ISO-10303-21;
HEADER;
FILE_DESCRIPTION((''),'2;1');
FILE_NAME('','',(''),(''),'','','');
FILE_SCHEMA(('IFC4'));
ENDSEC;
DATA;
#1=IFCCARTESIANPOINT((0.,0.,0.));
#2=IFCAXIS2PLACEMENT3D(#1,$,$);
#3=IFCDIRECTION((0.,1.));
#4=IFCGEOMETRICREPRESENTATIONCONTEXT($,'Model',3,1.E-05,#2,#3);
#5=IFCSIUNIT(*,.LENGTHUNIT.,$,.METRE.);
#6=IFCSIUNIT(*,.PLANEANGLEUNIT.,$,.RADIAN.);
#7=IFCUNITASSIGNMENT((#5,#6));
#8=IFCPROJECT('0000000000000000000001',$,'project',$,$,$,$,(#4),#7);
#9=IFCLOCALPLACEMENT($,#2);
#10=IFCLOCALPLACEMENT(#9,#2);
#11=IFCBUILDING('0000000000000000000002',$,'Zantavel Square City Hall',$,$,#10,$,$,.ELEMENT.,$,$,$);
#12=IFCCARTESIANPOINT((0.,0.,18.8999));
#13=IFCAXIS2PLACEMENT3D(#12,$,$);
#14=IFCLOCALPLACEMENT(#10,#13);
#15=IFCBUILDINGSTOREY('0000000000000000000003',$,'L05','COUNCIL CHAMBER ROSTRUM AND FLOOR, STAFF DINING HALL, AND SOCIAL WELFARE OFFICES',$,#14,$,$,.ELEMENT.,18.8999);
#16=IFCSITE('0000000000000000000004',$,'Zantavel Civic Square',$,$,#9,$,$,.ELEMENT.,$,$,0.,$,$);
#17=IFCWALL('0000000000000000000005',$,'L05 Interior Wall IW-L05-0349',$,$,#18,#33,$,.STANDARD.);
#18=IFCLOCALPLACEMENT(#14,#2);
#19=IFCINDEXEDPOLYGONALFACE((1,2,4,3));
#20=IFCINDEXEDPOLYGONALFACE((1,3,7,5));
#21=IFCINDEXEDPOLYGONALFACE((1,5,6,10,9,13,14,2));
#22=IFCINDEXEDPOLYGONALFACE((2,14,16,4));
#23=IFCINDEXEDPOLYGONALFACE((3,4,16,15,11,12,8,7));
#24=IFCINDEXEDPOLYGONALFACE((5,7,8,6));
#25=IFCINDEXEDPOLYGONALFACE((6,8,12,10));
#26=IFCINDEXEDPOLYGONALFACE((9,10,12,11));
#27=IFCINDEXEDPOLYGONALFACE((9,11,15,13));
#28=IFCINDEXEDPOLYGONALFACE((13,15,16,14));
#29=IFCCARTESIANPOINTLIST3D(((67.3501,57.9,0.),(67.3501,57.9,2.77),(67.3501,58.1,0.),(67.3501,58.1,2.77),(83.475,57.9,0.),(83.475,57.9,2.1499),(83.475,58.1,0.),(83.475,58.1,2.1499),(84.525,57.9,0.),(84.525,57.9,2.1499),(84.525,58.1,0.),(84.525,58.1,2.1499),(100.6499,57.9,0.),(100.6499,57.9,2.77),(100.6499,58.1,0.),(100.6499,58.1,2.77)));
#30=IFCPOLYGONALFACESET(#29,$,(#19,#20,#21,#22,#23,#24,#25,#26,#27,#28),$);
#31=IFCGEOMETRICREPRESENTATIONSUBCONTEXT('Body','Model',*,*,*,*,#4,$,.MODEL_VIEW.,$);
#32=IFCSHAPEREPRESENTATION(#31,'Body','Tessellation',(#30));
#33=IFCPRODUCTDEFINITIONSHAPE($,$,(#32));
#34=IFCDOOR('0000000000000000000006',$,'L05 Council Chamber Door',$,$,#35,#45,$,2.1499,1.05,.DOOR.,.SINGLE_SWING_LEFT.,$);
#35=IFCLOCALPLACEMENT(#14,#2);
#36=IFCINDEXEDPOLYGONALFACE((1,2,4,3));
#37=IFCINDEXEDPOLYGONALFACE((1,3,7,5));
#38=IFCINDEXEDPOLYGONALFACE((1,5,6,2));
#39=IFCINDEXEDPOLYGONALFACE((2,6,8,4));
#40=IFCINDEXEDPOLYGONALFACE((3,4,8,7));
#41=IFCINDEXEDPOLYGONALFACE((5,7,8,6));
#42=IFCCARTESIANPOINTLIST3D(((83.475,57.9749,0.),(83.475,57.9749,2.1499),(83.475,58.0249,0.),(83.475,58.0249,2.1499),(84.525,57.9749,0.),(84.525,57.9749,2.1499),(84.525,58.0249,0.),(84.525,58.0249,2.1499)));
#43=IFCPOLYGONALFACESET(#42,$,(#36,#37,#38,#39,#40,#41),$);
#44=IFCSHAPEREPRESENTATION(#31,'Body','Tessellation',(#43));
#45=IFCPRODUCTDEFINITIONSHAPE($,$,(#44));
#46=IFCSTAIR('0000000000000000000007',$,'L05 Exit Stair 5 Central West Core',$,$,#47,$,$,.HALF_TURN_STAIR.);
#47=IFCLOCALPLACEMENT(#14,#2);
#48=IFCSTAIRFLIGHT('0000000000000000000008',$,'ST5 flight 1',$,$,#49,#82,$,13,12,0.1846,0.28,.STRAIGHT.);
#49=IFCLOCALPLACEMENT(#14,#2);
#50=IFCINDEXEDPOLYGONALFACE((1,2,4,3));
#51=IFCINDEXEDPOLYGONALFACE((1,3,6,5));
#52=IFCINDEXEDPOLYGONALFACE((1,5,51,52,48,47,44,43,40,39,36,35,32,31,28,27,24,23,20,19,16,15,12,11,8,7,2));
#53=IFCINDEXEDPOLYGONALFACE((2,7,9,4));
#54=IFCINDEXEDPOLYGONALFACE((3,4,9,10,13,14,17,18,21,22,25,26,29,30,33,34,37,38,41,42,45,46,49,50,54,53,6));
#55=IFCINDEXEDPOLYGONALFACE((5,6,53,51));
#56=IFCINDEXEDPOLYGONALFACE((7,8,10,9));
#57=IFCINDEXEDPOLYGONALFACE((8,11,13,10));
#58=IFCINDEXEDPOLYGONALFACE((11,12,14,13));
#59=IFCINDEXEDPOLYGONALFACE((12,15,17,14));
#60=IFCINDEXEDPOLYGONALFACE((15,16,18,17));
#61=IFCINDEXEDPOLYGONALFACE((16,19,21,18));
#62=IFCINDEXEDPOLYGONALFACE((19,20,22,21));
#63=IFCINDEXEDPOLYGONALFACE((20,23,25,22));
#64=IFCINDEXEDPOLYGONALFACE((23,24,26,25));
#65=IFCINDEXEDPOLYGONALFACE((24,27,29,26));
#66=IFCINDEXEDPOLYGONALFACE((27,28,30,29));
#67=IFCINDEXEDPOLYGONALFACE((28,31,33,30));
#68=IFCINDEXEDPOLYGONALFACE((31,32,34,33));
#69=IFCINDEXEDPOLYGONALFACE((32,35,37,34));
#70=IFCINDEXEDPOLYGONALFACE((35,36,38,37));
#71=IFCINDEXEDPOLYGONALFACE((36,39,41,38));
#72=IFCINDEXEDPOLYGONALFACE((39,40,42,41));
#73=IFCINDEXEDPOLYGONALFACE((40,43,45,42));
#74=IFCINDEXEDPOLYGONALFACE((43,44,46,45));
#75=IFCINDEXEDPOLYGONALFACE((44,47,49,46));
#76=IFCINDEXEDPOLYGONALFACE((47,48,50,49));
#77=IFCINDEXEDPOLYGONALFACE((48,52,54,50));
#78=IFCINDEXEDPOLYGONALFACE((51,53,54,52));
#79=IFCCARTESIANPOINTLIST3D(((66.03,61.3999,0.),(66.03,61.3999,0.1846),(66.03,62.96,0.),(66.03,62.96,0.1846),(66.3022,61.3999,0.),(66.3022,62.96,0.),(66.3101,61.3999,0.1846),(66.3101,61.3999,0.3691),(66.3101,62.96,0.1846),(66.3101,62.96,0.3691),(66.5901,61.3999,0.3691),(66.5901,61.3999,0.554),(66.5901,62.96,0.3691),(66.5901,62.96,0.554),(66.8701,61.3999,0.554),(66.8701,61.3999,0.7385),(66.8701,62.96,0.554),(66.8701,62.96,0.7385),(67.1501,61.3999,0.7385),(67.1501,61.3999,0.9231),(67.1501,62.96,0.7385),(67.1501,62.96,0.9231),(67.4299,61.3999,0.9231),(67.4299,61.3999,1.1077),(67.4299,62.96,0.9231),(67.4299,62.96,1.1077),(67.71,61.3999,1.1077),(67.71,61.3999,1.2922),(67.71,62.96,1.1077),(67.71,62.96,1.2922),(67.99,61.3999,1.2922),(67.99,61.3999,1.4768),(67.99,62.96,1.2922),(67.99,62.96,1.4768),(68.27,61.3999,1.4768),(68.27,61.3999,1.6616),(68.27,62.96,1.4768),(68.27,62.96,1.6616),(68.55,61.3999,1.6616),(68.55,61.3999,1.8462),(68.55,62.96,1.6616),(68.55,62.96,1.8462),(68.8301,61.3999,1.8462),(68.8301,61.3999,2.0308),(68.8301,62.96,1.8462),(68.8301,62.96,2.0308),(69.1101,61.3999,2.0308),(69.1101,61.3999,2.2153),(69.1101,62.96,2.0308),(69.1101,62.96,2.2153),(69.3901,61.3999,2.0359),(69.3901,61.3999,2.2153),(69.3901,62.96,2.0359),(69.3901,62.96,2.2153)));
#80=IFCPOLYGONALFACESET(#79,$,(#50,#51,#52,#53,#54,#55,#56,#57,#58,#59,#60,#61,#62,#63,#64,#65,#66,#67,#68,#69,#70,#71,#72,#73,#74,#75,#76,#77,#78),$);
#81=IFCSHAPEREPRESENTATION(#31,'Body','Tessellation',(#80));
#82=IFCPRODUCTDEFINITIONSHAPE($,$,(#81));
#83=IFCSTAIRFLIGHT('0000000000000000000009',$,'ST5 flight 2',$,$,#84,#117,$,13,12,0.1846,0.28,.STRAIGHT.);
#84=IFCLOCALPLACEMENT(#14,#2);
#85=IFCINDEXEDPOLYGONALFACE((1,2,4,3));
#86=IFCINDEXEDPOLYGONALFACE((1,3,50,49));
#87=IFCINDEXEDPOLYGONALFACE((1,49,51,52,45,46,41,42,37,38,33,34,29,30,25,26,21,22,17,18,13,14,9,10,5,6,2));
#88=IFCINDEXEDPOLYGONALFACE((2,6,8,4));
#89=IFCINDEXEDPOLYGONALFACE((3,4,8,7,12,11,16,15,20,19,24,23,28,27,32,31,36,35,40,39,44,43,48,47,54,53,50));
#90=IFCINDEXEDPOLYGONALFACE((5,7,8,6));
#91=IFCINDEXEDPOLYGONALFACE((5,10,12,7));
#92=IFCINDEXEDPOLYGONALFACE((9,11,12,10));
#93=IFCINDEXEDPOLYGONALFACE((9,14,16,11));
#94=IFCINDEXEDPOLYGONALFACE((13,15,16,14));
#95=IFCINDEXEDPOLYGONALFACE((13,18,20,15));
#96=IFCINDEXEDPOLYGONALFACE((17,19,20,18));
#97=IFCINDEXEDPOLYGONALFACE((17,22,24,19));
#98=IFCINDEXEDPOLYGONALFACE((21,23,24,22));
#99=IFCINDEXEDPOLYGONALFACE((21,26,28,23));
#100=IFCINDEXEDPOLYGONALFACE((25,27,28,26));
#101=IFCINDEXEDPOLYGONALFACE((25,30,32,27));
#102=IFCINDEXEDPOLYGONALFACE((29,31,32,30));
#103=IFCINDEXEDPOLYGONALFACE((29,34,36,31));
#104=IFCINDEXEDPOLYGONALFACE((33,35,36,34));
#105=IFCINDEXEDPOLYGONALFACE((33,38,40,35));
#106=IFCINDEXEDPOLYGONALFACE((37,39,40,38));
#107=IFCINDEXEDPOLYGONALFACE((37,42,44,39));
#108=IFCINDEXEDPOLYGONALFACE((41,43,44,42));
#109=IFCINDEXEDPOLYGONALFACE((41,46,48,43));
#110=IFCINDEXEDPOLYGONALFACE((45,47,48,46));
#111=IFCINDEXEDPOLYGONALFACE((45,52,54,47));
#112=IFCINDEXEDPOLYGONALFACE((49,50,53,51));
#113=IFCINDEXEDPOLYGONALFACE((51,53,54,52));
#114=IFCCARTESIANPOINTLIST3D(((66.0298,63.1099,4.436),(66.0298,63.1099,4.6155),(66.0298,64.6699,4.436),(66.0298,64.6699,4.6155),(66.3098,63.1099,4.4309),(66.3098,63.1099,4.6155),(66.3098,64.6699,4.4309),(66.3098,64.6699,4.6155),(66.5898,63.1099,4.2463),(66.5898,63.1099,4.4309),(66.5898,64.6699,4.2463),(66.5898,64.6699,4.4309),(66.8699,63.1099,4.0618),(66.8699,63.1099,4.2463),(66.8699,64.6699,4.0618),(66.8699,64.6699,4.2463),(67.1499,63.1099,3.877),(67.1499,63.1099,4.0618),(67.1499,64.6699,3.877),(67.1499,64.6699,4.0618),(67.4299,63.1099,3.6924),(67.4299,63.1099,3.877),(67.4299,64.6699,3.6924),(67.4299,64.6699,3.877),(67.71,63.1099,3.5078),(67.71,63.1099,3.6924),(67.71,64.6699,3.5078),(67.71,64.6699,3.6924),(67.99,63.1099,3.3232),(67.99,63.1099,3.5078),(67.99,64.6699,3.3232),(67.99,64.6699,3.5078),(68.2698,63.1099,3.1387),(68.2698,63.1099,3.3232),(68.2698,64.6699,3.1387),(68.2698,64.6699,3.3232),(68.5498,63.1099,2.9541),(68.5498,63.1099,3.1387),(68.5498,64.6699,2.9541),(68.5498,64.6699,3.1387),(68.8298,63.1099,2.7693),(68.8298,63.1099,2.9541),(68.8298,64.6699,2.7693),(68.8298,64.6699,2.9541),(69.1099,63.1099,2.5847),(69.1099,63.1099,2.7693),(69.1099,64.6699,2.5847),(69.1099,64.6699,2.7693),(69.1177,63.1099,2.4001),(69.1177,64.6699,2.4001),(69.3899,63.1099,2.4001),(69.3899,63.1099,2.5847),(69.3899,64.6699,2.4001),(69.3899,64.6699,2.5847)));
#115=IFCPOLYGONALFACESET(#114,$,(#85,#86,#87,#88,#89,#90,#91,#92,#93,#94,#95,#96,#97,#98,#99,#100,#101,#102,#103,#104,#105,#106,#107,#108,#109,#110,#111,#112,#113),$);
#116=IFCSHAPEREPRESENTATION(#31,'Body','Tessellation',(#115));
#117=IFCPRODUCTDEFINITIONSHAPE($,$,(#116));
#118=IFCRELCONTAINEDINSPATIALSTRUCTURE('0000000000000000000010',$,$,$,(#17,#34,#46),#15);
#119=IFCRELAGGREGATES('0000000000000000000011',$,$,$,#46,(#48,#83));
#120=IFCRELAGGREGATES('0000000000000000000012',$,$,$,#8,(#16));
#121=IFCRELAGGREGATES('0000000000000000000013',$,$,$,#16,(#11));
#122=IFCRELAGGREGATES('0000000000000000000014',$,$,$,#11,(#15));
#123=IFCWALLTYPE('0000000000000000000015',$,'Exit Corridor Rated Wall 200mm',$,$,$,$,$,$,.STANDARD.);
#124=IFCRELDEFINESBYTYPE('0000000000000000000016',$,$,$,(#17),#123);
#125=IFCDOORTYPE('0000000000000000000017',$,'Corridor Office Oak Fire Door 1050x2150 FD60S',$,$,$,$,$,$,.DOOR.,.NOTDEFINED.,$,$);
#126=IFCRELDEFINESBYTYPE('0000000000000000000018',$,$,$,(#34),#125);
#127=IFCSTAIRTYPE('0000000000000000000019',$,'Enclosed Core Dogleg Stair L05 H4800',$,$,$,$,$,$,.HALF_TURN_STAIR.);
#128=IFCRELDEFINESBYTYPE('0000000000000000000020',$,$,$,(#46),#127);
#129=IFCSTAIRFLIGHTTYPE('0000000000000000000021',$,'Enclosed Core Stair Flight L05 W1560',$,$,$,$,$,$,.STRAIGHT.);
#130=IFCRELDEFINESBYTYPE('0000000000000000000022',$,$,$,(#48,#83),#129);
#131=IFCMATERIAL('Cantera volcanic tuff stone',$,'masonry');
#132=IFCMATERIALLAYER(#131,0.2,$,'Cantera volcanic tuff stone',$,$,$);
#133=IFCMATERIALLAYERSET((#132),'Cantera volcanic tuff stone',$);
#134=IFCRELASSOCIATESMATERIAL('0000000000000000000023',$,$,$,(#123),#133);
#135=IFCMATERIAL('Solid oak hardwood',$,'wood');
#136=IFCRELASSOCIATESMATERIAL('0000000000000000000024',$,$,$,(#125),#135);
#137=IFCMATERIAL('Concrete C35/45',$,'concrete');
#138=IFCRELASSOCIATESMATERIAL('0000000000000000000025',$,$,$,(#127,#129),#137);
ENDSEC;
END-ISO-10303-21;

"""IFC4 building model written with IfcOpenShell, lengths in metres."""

from ifc_helpers import new_model, si_unit, direction, frame, frame_2d, origin, place, context, subcontext, project, spatial, polyline, rectangle, outline, extrude, material, layer, layer_set, type_object, element, fill, aggregate, save


model = new_model("IFC4")

# Units and contexts
model_context = context("Model", 3, precision=1e-05, world=origin(), true_north=direction((0.0, 1.0)))
body_context = subcontext(model_context, "Body", "Model", "MODEL_VIEW")
ifc_project = project(units=[si_unit("LENGTHUNIT", "METRE"), si_unit("PLANEANGLEUNIT", "RADIAN")], contexts=[model_context])

# Site, building, storey
site_placement = place(None, origin())
site = spatial("IfcSite", under=ifc_project, at=site_placement, Name="Zantavel Civic Square", CompositionType="ELEMENT", RefElevation=0.0)
building_placement = place(site_placement, origin())
building = spatial("IfcBuilding", under=site, at=building_placement, Name="Zantavel Square City Hall", CompositionType="ELEMENT")
storey_placement = place(building_placement, frame((0.0, 0.0, 18.8999)))
storey = spatial("IfcBuildingStorey", under=building, at=storey_placement, Name="L05", Description="COUNCIL CHAMBER ROSTRUM AND FLOOR, STAFF DINING HALL, AND SOCIAL WELFARE OFFICES", CompositionType="ELEMENT", Elevation=18.8999)

# Shared definitions
ifc_material_1 = material(Name="Concrete C35/45", Category="concrete")

# Shared definitions
ifc_material_2 = material(Name="Cantera volcanic tuff stone", Category="masonry")
ifc_layer_1 = layer(ifc_material_2, 0.2, Name="Cantera volcanic tuff stone")
ifc_layer_set_1 = layer_set([ifc_layer_1], Name="Cantera volcanic tuff stone")
wall_type_1 = type_object("IfcWallType", Name="Exit Corridor Rated Wall 200mm", PredefinedType="STANDARD", material=ifc_layer_set_1)

# Wall, opening, door
ifc_material_3 = material(Name="Solid oak hardwood", Category="wood")
wall_1_placement = place(storey_placement, frame((67.3501, 58.0, 0.0), z_axis=(0.0, 0.0, 1.0), x_axis=(1.0, 0.0, 0.0)))
wall_1 = element("IfcWall", 1, at=wall_1_placement, inside=storey, type_object=wall_type_1, Name="L05 Interior Wall IW-L05-0349", PredefinedType="STANDARD", context=body_context, shape_type="SweptSolid", body=[
    extrude(rectangle(XDim=33.2998, YDim=0.2, at=frame_2d((16.6499, 0.0))), origin(), (0.0, 0.0, 1.0), 2.77),
])
opening_1_placement = place(wall_1_placement, frame((16.125, 0.0, 0.0)))
opening_1 = element("IfcOpeningElement", 2, at=opening_1_placement, cuts=wall_1, PredefinedType="OPENING", context=body_context, shape_type="SweptSolid", body=[
    extrude(rectangle(XDim=1.05, YDim=2.1499, at=frame_2d((0.5249, 1.075))), frame((0.0, 0.1099, 0.0), z_axis=(0.0, -1.0, 0.0), x_axis=(1.0, 0.0, 0.0)), (0.0, 0.0, 1.0), 0.22),
])
door_type_1 = type_object("IfcDoorType", Name="Corridor Office Oak Fire Door 1050x2150 FD60S", OperationType="NOTDEFINED", PredefinedType="DOOR", material=ifc_material_3)
door_1_placement = place(opening_1_placement, origin())
door_1 = element("IfcDoor", 3, at=door_1_placement, inside=storey, type_object=door_type_1, Name="L05 Council Chamber Door", OperationType="SINGLE_SWING_LEFT", OverallHeight=2.1499, OverallWidth=1.05, PredefinedType="DOOR", context=body_context, shape_type="SweptSolid", body=[
    extrude(rectangle(XDim=1.05, YDim=2.1499, at=frame_2d((0.5249, 1.075))), frame((0.0, 0.0249, 0.0), z_axis=(0.0, -1.0, 0.0), x_axis=(1.0, 0.0, 0.0)), (0.0, 0.0, 1.0), 0.05),
])
fill(opening_1, door_1)

# Stair, stair flights
stair_type = type_object("IfcStairType", Name="Enclosed Core Dogleg Stair L05 H4800", PredefinedType="HALF_TURN_STAIR", material=ifc_material_1)
stair_placement = place(storey_placement, origin())
stair = element("IfcStair", 4, at=stair_placement, inside=storey, type_object=stair_type, Name="L05 Exit Stair 5 Central West Core", PredefinedType="HALF_TURN_STAIR")
stair_flight_type = type_object("IfcStairFlightType", Name="Enclosed Core Stair Flight L05 W1560", PredefinedType="STRAIGHT", material=ifc_material_1)
stair_flight_1_placement = place(storey_placement, frame((66.03, 62.1799, 0.0), z_axis=(0.0, 0.0, 1.0), x_axis=(1.0, 0.0, 0.0)))
stair_flight_1 = element("IfcStairFlight", 5, at=stair_flight_1_placement, type_object=stair_flight_type, Name="ST5 flight 1", NumberOfRisers=13, NumberOfTreads=12, PredefinedType="STRAIGHT", RiserHeight=0.1846, TreadLength=0.28, context=body_context, shape_type="SweptSolid", body=[
    extrude(outline(polyline([(0.0, 0.0), (0.0, 0.1846), (0.28, 0.1846), (0.28, 0.3691), (0.5601, 0.3691), (0.5601, 0.554), (0.8401, 0.554), (0.8401, 0.7385), (1.1201, 0.7385), (1.1201, 0.9231), (1.3999, 0.9231), (1.3999, 1.1077), (1.6799, 1.1077), (1.6799, 1.2922), (1.96, 1.2922), (1.96, 1.4768), (2.24, 1.4768), (2.24, 1.6616), (2.52, 1.6616), (2.52, 1.8462), (2.8, 1.8462), (2.8, 2.0308), (3.0801, 2.0308), (3.0801, 2.2153), (3.3601, 2.2153), (3.3601, 2.3999), (3.3601, 2.0359), (0.2722, 0.0), (0.0, 0.0)])), frame((0.0, 0.78, 0.0), z_axis=(0.0, -1.0, 0.0), x_axis=(1.0, 0.0, 0.0)), (0.0, 0.0, 1.0), 1.5601),
])
stair_flight_2_placement = place(storey_placement, frame((69.3899, 63.8899, 2.4001), z_axis=(0.0, 0.0, 1.0), x_axis=(-1.0, 0.0, 0.0)))
stair_flight_2 = element("IfcStairFlight", 6, at=stair_flight_2_placement, type_object=stair_flight_type, Name="ST5 flight 2", NumberOfRisers=13, NumberOfTreads=12, PredefinedType="STRAIGHT", RiserHeight=0.1846, TreadLength=0.28, context=body_context, shape_type="SweptSolid", body=[
    extrude(outline(polyline([(0.0, 0.0), (0.0, 0.1846), (0.28, 0.1846), (0.28, 0.3691), (0.5601, 0.3691), (0.5601, 0.554), (0.8401, 0.554), (0.8401, 0.7385), (1.1201, 0.7385), (1.1201, 0.9231), (1.3999, 0.9231), (1.3999, 1.1077), (1.6799, 1.1077), (1.6799, 1.2922), (1.96, 1.2922), (1.96, 1.4768), (2.24, 1.4768), (2.24, 1.6616), (2.52, 1.6616), (2.52, 1.8462), (2.8, 1.8462), (2.8, 2.0308), (3.0801, 2.0308), (3.0801, 2.2153), (3.3601, 2.2153), (3.3601, 2.3999), (3.3601, 2.0359), (0.2722, 0.0), (0.0, 0.0)])), frame((0.0, 0.78, 0.0), z_axis=(0.0, -1.0, 0.0), x_axis=(1.0, 0.0, 0.0)), (0.0, 0.0, 1.0), 1.5601),
])
aggregate(stair, [stair_flight_1, stair_flight_2])

save(model, "model.ifc")
